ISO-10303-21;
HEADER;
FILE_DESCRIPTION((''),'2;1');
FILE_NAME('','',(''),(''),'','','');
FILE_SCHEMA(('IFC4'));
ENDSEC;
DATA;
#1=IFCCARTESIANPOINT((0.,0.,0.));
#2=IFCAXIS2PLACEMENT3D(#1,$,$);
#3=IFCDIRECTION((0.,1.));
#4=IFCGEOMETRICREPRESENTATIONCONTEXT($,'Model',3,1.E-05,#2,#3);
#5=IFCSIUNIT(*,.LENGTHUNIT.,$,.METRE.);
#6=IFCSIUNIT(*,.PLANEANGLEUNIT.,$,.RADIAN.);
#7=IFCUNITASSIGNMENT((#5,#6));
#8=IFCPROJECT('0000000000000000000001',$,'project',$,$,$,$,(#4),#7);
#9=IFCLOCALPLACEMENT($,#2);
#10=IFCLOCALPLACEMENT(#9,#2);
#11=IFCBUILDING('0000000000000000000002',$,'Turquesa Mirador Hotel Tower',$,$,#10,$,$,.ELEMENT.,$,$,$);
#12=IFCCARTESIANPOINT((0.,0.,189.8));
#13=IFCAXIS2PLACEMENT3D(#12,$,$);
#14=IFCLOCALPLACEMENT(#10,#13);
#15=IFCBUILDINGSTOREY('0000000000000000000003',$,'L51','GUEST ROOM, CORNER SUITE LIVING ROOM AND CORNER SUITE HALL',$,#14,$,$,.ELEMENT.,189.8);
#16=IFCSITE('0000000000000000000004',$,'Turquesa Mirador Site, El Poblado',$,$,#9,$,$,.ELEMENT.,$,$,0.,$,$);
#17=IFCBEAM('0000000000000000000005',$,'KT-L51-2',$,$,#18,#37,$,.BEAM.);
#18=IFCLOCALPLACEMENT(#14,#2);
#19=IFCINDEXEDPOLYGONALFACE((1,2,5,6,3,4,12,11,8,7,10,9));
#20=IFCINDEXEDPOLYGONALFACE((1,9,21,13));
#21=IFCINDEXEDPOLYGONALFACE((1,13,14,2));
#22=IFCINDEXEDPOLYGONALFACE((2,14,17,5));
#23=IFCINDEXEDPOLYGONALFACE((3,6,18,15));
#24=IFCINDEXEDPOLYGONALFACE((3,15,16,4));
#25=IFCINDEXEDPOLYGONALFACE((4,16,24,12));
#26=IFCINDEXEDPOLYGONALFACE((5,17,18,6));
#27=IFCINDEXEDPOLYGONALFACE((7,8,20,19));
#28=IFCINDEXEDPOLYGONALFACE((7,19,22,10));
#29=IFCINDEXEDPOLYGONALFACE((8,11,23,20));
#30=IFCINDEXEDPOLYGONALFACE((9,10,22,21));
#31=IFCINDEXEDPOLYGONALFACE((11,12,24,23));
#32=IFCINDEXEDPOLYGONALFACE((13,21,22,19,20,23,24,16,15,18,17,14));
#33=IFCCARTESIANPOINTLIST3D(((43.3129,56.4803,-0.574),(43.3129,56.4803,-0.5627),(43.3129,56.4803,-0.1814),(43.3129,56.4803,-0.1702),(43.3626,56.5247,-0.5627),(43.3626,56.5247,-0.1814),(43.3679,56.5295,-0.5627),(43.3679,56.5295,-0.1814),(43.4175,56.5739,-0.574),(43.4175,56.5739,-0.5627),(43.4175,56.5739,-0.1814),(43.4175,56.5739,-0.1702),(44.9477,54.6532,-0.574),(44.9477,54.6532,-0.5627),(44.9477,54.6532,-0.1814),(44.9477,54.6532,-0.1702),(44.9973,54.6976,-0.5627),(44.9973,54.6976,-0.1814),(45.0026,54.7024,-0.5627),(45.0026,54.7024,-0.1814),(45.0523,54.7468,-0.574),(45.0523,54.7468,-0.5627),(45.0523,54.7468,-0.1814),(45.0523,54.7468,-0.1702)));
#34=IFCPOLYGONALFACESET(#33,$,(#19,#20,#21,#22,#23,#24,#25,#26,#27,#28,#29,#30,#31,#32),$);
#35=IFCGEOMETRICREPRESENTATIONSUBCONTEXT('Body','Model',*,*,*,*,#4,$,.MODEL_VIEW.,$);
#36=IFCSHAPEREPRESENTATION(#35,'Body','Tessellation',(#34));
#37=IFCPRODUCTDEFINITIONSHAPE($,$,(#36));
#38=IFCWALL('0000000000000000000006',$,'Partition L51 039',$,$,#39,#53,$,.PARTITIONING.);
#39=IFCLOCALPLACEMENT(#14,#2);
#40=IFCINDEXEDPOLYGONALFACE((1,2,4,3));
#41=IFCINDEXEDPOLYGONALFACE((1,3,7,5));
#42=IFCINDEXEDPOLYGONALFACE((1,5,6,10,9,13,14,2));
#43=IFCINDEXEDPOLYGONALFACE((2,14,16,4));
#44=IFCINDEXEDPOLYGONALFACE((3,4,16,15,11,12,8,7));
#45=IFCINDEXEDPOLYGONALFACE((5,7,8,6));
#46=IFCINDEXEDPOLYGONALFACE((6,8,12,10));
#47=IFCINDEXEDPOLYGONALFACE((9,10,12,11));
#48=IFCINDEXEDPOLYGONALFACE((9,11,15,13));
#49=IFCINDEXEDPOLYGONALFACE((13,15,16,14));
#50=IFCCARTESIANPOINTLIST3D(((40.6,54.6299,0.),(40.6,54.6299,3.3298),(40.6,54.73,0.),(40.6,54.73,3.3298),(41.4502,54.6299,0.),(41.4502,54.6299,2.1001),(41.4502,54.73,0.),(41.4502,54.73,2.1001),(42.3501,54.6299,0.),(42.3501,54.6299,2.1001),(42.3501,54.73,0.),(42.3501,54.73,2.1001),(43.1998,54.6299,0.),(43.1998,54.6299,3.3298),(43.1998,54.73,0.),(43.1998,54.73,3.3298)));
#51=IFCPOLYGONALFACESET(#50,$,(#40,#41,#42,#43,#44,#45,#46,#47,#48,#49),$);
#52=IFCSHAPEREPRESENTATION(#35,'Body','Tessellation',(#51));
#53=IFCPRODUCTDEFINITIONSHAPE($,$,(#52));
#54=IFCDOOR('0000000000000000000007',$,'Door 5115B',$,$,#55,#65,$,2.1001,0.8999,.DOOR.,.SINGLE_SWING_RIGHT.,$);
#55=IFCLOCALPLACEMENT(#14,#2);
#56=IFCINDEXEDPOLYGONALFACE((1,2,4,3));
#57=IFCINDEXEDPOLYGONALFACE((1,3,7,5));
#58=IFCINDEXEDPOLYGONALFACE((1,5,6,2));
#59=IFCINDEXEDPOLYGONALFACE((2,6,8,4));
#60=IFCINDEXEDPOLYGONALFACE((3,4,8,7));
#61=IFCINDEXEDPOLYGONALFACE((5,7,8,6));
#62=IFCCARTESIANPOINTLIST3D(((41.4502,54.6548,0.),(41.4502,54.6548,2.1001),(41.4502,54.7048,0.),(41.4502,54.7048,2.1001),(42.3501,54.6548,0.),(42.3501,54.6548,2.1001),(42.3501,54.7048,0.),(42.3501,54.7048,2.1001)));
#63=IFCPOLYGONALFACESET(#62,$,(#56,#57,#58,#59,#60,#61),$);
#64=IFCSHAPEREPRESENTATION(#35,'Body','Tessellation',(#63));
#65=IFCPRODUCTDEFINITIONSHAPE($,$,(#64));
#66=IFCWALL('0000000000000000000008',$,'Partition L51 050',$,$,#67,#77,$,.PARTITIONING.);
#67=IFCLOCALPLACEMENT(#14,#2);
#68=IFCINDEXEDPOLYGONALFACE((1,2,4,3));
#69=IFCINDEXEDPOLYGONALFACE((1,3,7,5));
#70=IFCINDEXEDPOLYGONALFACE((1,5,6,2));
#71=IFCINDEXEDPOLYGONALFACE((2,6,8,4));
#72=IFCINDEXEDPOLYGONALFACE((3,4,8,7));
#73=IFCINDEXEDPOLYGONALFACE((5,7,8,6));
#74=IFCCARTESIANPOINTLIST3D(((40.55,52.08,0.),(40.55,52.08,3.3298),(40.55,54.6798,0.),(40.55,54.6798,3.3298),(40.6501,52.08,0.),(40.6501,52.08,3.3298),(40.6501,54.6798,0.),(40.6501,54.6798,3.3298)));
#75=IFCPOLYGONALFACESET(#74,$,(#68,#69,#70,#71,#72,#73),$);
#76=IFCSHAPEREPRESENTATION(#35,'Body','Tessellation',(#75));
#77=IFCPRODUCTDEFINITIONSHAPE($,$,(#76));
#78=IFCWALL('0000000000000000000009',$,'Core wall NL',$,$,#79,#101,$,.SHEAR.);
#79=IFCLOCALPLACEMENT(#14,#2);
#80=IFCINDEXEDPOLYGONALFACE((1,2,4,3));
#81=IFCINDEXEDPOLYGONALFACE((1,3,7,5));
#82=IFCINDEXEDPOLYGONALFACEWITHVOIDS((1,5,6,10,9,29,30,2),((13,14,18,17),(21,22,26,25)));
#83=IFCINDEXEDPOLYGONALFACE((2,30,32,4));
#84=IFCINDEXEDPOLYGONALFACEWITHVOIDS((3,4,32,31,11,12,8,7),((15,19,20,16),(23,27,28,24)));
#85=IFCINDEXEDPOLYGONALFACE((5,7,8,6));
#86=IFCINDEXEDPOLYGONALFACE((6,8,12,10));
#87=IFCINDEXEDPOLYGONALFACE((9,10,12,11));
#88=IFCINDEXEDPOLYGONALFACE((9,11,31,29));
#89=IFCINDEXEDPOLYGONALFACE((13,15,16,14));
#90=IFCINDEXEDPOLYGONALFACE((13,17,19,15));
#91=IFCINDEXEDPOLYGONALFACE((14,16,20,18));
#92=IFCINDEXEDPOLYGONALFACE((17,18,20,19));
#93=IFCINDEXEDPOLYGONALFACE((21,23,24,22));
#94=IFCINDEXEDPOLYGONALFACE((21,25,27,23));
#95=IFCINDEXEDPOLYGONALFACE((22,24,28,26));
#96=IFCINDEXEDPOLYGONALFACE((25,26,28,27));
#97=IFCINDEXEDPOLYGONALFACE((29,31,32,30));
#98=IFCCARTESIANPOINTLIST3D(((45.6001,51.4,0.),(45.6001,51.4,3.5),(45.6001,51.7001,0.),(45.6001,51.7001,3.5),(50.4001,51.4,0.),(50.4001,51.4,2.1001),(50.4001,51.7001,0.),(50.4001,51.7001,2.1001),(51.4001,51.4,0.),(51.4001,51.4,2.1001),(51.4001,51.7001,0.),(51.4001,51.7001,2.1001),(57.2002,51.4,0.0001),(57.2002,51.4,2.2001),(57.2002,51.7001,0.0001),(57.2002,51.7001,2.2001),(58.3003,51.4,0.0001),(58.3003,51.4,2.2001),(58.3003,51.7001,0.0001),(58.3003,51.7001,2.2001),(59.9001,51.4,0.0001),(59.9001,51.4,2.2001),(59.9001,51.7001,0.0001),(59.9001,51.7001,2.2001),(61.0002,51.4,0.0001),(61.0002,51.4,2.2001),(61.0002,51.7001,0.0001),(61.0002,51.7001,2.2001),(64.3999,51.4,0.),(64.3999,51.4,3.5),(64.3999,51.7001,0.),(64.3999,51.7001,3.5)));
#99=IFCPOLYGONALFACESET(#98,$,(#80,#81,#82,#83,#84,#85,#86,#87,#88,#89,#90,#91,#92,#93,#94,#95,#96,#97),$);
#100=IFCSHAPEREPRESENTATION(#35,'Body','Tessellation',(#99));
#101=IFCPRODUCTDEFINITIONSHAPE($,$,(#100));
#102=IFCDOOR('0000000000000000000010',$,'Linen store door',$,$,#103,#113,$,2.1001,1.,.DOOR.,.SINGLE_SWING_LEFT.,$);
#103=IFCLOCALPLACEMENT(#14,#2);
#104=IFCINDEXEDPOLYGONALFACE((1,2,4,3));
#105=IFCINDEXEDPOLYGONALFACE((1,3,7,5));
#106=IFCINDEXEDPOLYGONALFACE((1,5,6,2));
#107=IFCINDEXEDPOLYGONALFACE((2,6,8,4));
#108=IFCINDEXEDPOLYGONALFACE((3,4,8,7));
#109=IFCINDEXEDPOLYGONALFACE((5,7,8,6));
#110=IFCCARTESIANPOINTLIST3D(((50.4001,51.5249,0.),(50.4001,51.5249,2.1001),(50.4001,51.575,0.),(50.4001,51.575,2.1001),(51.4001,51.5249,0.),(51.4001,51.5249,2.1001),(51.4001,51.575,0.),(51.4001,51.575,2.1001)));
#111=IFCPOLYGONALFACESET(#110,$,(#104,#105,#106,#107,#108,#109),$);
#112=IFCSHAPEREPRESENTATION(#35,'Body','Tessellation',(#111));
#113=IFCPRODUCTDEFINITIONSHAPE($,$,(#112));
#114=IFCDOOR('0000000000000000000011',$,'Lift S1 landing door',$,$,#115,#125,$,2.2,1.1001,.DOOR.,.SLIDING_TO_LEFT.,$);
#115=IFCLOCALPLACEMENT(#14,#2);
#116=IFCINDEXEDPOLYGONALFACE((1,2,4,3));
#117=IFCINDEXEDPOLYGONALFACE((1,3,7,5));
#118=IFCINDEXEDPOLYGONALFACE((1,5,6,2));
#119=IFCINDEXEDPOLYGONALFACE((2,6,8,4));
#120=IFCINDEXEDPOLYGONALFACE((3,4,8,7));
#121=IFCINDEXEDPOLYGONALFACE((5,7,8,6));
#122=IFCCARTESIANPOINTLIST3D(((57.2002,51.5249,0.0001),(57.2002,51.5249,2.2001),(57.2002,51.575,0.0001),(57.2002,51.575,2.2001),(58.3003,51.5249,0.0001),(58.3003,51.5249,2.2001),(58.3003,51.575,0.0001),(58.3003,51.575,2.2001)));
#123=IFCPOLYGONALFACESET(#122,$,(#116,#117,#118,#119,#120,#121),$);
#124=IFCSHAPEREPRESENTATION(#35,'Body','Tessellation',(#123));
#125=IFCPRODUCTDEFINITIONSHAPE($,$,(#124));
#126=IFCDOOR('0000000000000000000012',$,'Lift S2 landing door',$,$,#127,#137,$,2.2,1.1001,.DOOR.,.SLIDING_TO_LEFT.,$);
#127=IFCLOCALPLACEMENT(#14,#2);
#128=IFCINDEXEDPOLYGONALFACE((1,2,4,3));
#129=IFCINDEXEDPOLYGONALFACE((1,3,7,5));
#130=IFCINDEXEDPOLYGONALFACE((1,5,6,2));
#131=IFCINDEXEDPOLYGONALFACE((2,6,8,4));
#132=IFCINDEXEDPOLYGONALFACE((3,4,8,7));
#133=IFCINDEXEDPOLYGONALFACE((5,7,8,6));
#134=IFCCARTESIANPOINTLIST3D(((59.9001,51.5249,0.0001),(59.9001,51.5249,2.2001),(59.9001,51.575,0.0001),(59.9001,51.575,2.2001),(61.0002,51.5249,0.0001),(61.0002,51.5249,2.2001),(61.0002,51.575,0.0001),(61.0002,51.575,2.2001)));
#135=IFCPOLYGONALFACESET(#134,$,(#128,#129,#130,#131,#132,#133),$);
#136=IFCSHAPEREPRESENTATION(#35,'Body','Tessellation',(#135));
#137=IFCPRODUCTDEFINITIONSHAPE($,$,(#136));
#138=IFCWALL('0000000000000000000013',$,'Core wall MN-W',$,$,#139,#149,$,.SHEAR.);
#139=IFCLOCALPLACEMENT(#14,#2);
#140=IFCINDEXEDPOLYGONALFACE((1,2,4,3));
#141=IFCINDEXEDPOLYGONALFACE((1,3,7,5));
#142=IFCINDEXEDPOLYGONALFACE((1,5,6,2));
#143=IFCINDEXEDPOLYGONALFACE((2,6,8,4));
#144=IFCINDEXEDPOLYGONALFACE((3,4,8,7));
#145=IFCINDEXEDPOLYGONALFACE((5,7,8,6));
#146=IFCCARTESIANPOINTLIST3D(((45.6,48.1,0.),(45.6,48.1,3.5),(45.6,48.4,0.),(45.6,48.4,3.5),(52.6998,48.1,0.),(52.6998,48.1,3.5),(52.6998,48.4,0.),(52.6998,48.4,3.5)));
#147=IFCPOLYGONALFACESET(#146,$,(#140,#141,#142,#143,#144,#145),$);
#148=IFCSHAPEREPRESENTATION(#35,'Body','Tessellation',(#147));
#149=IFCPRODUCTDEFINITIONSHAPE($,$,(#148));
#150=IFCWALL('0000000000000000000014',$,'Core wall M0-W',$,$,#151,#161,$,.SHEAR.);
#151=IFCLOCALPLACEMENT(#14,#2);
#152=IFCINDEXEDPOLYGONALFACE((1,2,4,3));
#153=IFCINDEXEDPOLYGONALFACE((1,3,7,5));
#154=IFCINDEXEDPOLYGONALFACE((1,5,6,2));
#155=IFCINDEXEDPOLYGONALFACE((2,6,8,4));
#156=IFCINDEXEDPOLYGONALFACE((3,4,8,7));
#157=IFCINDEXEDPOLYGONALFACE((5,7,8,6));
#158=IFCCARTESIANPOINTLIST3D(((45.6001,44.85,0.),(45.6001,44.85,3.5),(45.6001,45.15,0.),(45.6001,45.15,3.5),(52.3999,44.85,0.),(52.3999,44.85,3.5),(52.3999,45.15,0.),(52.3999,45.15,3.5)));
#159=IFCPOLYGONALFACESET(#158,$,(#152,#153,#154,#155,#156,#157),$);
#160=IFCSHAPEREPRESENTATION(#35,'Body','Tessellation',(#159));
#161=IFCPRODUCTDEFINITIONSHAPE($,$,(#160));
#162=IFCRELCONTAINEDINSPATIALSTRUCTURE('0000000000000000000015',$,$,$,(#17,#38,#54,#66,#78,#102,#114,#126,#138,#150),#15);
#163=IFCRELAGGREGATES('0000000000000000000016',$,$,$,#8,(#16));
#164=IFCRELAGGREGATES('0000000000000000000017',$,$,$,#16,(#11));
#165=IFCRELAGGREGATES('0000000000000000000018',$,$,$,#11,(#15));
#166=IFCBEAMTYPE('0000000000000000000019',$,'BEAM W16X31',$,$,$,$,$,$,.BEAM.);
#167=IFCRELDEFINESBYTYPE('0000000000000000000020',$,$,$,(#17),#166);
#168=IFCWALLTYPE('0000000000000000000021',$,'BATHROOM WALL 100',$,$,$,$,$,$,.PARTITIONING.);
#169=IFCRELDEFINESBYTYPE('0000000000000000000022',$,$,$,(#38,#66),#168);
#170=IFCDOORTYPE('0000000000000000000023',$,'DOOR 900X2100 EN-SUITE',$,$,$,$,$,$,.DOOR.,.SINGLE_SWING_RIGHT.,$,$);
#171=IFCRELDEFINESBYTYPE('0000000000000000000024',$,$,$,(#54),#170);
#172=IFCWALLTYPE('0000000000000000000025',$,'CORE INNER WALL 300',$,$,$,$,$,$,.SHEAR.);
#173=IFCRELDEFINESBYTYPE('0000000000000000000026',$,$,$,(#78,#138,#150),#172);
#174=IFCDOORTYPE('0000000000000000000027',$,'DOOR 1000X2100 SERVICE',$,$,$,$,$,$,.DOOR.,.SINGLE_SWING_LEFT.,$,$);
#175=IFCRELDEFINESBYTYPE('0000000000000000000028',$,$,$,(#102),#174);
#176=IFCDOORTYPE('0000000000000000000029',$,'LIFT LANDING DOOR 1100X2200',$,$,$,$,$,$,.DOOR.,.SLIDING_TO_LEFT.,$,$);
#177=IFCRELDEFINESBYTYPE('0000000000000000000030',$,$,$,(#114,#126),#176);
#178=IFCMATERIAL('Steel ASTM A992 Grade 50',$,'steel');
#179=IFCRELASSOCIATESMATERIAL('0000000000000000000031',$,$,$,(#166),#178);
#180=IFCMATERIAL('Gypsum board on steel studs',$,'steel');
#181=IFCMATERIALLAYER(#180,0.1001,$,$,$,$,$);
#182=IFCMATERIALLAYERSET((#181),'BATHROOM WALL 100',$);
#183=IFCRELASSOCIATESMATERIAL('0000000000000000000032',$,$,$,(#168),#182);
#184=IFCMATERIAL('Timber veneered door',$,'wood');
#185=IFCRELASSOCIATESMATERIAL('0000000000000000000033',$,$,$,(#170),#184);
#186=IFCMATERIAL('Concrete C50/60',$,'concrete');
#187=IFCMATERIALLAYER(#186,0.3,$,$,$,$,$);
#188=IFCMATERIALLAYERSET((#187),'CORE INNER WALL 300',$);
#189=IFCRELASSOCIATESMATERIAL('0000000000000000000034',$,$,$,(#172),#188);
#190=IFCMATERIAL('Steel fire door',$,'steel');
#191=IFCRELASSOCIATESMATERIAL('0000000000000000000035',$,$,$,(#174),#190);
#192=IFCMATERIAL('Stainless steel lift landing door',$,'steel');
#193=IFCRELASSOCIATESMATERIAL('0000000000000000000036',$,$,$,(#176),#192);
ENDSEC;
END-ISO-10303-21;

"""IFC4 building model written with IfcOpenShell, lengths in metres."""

from ifc_helpers import new_model, si_unit, direction, frame, frame_2d, origin, origin_2d, place, context, subcontext, project, spatial, rectangle, i_section, extrude, material, layer, layer_set, material_profile, profile_set, type_object, element, fill, save


model = new_model("IFC4")

# Units and contexts
model_context = context("Model", 3, precision=1e-05, world=origin(), true_north=direction((0.0, 1.0)))
body_context = subcontext(model_context, "Body", "Model", "MODEL_VIEW")
ifc_project = project(units=[si_unit("LENGTHUNIT", "METRE"), si_unit("PLANEANGLEUNIT", "RADIAN")], contexts=[model_context])

# Site, building, storey
site_placement = place(None, origin())
site = spatial("IfcSite", under=ifc_project, at=site_placement, Name="Turquesa Mirador Site, El Poblado", CompositionType="ELEMENT", RefElevation=0.0)
building_placement = place(site_placement, origin())
building = spatial("IfcBuilding", under=site, at=building_placement, Name="Turquesa Mirador Hotel Tower", CompositionType="ELEMENT")
storey_placement = place(building_placement, frame((0.0, 0.0, 189.8)))
storey = spatial("IfcBuildingStorey", under=building, at=storey_placement, Name="L51", Description="GUEST ROOM, CORNER SUITE LIVING ROOM AND CORNER SUITE HALL", CompositionType="ELEMENT", Elevation=189.8)

# Beam
ifc_material_1 = material(Name="Steel ASTM A992 Grade 50", Category="steel")
ifc_material_profile = material_profile(ifc_material_1, i_section(OverallWidth=0.1404, OverallDepth=0.4038, WebThickness=0.0071, FlangeThickness=0.0112, at=origin_2d()), Name="W16X31")
ifc_profile_set = profile_set([ifc_material_profile], Name="Steel ASTM A992 Grade 50")
beam_type = type_object("IfcBeamType", Name="BEAM W16X31", PredefinedType="BEAM", material=ifc_profile_set)
beam_placement = place(storey_placement, frame((43.3652, 56.5271, -0.3721), z_axis=(0.666783, -0.745252, 0.0), x_axis=(0.745252, 0.666783, 0.0)))
element("IfcBeam", 1, at=beam_placement, inside=storey, type_object=beam_type, Name="KT-L51-2", PredefinedType="BEAM", context=body_context, shape_type="SweptSolid", body=[
    extrude(i_section(OverallWidth=0.1404, OverallDepth=0.4038, WebThickness=0.0071, FlangeThickness=0.0112, at=origin_2d()), origin(), (0.0, 0.0, 1.0), 2.4517),
])

# Wall, opening, door
ifc_material_2 = material(Name="Gypsum board on steel studs", Category="steel")
ifc_layer_1 = layer(ifc_material_2, 0.1001)
ifc_layer_set_1 = layer_set([ifc_layer_1], Name="BATHROOM WALL 100")
wall_type_1 = type_object("IfcWallType", Name="BATHROOM WALL 100", PredefinedType="PARTITIONING", material=ifc_layer_set_1)
wall_1_placement = place(storey_placement, frame((40.6001, 54.6799, 0.0), z_axis=(0.0, 0.0, 1.0), x_axis=(1.0, 0.0, 0.0)))
wall_1 = element("IfcWall", 2, at=wall_1_placement, inside=storey, type_object=wall_type_1, Name="Partition L51 039", PredefinedType="PARTITIONING", context=body_context, shape_type="SweptSolid", body=[
    extrude(rectangle(XDim=2.5999, YDim=0.1001, at=frame_2d((1.2998, 0.0))), origin(), (0.0, 0.0, 1.0), 3.3298),
])
opening_1_placement = place(wall_1_placement, frame((0.8501, 0.0, 0.0)))
opening_1 = element("IfcOpeningElement", 3, at=opening_1_placement, cuts=wall_1, PredefinedType="OPENING", context=body_context, shape_type="SweptSolid", body=[
    extrude(rectangle(XDim=0.8999, YDim=2.1001, at=frame_2d((0.45, 1.05))), frame((0.0, 0.0601, 0.0), z_axis=(0.0, -1.0, 0.0), x_axis=(1.0, 0.0, 0.0)), (0.0, 0.0, 1.0), 0.1201),
])
ifc_material_3 = material(Name="Timber veneered door", Category="wood")
door_type_1 = type_object("IfcDoorType", Name="DOOR 900X2100 EN-SUITE", OperationType="SINGLE_SWING_RIGHT", PredefinedType="DOOR", material=ifc_material_3)
door_1_placement = place(opening_1_placement, origin())
door_1 = element("IfcDoor", 4, at=door_1_placement, inside=storey, type_object=door_type_1, Name="Door 5115B", OperationType="SINGLE_SWING_RIGHT", OverallHeight=2.1001, OverallWidth=0.8999, PredefinedType="DOOR", context=body_context, shape_type="SweptSolid", body=[
    extrude(rectangle(XDim=0.8999, YDim=2.1001, at=frame_2d((0.45, 1.05))), frame((0.0, 0.0249, 0.0), z_axis=(0.0, -1.0, 0.0), x_axis=(1.0, 0.0, 0.0)), (0.0, 0.0, 1.0), 0.05),
])
fill(opening_1, door_1)

# Wall
wall_2_placement = place(storey_placement, frame((40.6001, 52.0801, 0.0), z_axis=(0.0, 0.0, 1.0), x_axis=(0.0, 1.0, 0.0)))
element("IfcWall", 5, at=wall_2_placement, inside=storey, type_object=wall_type_1, Name="Partition L51 050", PredefinedType="PARTITIONING", context=body_context, shape_type="SweptSolid", body=[
    extrude(rectangle(XDim=2.5999, YDim=0.1001, at=frame_2d((1.2998, 0.0))), origin(), (0.0, 0.0, 1.0), 3.3298),
])

# Wall, openings, doors
ifc_material_4 = material(Name="Concrete C50/60", Category="concrete")
ifc_layer_2 = layer(ifc_material_4, 0.3)
ifc_layer_set_2 = layer_set([ifc_layer_2], Name="CORE INNER WALL 300")
wall_type_2 = type_object("IfcWallType", Name="CORE INNER WALL 300", PredefinedType="SHEAR", material=ifc_layer_set_2)
wall_3_placement = place(storey_placement, frame((45.6001, 51.55, 0.0), z_axis=(0.0, 0.0, 1.0), x_axis=(1.0, 0.0, 0.0)))
wall_3 = element("IfcWall", 6, at=wall_3_placement, inside=storey, type_object=wall_type_2, Name="Core wall NL", PredefinedType="SHEAR", context=body_context, shape_type="SweptSolid", body=[
    extrude(rectangle(XDim=18.7998, YDim=0.3, at=frame_2d((9.3999, 0.0))), origin(), (0.0, 0.0, 1.0), 3.5),
])
opening_2_placement = place(wall_3_placement, frame((4.8, 0.0, 0.0)))
opening_2 = element("IfcOpeningElement", 7, at=opening_2_placement, cuts=wall_3, PredefinedType="OPENING", context=body_context, shape_type="SweptSolid", body=[
    extrude(rectangle(XDim=1.0, YDim=2.1001, at=frame_2d((0.5, 1.05))), frame((0.0, 0.1599, 0.0), z_axis=(0.0, -1.0, 0.0), x_axis=(1.0, 0.0, 0.0)), (0.0, 0.0, 1.0), 0.3201),
])
opening_3_placement = place(wall_3_placement, frame((11.6001, 0.0, 0.0)))
opening_3 = element("IfcOpeningElement", 8, at=opening_3_placement, cuts=wall_3, PredefinedType="OPENING", context=body_context, shape_type="SweptSolid", body=[
    extrude(rectangle(XDim=1.1001, YDim=2.2, at=frame_2d((0.55, 1.1001))), frame((0.0, 0.1599, 0.0), z_axis=(0.0, -1.0, 0.0), x_axis=(1.0, 0.0, 0.0)), (0.0, 0.0, 1.0), 0.3201),
])
opening_4_placement = place(wall_3_placement, frame((14.3, 0.0, 0.0)))
opening_4 = element("IfcOpeningElement", 9, at=opening_4_placement, cuts=wall_3, PredefinedType="OPENING", context=body_context, shape_type="SweptSolid", body=[
    extrude(rectangle(XDim=1.1001, YDim=2.2, at=frame_2d((0.55, 1.1001))), frame((0.0, 0.1599, 0.0), z_axis=(0.0, -1.0, 0.0), x_axis=(1.0, 0.0, 0.0)), (0.0, 0.0, 1.0), 0.3201),
])
ifc_material_5 = material(Name="Steel fire door", Category="steel")
door_type_2 = type_object("IfcDoorType", Name="DOOR 1000X2100 SERVICE", OperationType="SINGLE_SWING_LEFT", PredefinedType="DOOR", material=ifc_material_5)
door_2_placement = place(opening_2_placement, origin())
door_2 = element("IfcDoor", 10, at=door_2_placement, inside=storey, type_object=door_type_2, Name="Linen store door", OperationType="SINGLE_SWING_LEFT", OverallHeight=2.1001, OverallWidth=1.0, PredefinedType="DOOR", context=body_context, shape_type="SweptSolid", body=[
    extrude(rectangle(XDim=1.0, YDim=2.1001, at=frame_2d((0.5, 1.05))), frame((0.0, 0.0249, 0.0), z_axis=(0.0, -1.0, 0.0), x_axis=(1.0, 0.0, 0.0)), (0.0, 0.0, 1.0), 0.05),
])
fill(opening_2, door_2)
ifc_material_6 = material(Name="Stainless steel lift landing door", Category="steel")
door_type_3 = type_object("IfcDoorType", Name="LIFT LANDING DOOR 1100X2200", OperationType="SLIDING_TO_LEFT", PredefinedType="DOOR", material=ifc_material_6)
door_3_placement = place(opening_3_placement, origin())
door_3 = element("IfcDoor", 11, at=door_3_placement, inside=storey, type_object=door_type_3, Name="Lift S1 landing door", OperationType="SLIDING_TO_LEFT", OverallHeight=2.2, OverallWidth=1.1001, PredefinedType="DOOR", context=body_context, shape_type="SweptSolid", body=[
    extrude(rectangle(XDim=1.1001, YDim=2.2, at=frame_2d((0.55, 1.1001))), frame((0.0, 0.0249, 0.0), z_axis=(0.0, -1.0, 0.0), x_axis=(1.0, 0.0, 0.0)), (0.0, 0.0, 1.0), 0.05),
])
fill(opening_3, door_3)
door_4_placement = place(opening_4_placement, origin())
door_4 = element("IfcDoor", 12, at=door_4_placement, inside=storey, type_object=door_type_3, Name="Lift S2 landing door", OperationType="SLIDING_TO_LEFT", OverallHeight=2.2, OverallWidth=1.1001, PredefinedType="DOOR", context=body_context, shape_type="SweptSolid", body=[
    extrude(rectangle(XDim=1.1001, YDim=2.2, at=frame_2d((0.55, 1.1001))), frame((0.0, 0.0249, 0.0), z_axis=(0.0, -1.0, 0.0), x_axis=(1.0, 0.0, 0.0)), (0.0, 0.0, 1.0), 0.05),
])
fill(opening_4, door_4)

# Walls
wall_4_placement = place(storey_placement, frame((45.6001, 48.25, 0.0), z_axis=(0.0, 0.0, 1.0), x_axis=(1.0, 0.0, 0.0)))
element("IfcWall", 13, at=wall_4_placement, inside=storey, type_object=wall_type_2, Name="Core wall MN-W", PredefinedType="SHEAR", context=body_context, shape_type="SweptSolid", body=[
    extrude(rectangle(XDim=7.0999, YDim=0.3, at=frame_2d((3.5498, 0.0))), origin(), (0.0, 0.0, 1.0), 3.5),
])
wall_5_placement = place(storey_placement, frame((45.6001, 45.0, 0.0), z_axis=(0.0, 0.0, 1.0), x_axis=(1.0, 0.0, 0.0)))
element("IfcWall", 14, at=wall_5_placement, inside=storey, type_object=wall_type_2, Name="Core wall M0-W", PredefinedType="SHEAR", context=body_context, shape_type="SweptSolid", body=[
    extrude(rectangle(XDim=6.7998, YDim=0.3, at=frame_2d((3.3999, 0.0))), origin(), (0.0, 0.0, 1.0), 3.5),
])

save(model, "model.ifc")
